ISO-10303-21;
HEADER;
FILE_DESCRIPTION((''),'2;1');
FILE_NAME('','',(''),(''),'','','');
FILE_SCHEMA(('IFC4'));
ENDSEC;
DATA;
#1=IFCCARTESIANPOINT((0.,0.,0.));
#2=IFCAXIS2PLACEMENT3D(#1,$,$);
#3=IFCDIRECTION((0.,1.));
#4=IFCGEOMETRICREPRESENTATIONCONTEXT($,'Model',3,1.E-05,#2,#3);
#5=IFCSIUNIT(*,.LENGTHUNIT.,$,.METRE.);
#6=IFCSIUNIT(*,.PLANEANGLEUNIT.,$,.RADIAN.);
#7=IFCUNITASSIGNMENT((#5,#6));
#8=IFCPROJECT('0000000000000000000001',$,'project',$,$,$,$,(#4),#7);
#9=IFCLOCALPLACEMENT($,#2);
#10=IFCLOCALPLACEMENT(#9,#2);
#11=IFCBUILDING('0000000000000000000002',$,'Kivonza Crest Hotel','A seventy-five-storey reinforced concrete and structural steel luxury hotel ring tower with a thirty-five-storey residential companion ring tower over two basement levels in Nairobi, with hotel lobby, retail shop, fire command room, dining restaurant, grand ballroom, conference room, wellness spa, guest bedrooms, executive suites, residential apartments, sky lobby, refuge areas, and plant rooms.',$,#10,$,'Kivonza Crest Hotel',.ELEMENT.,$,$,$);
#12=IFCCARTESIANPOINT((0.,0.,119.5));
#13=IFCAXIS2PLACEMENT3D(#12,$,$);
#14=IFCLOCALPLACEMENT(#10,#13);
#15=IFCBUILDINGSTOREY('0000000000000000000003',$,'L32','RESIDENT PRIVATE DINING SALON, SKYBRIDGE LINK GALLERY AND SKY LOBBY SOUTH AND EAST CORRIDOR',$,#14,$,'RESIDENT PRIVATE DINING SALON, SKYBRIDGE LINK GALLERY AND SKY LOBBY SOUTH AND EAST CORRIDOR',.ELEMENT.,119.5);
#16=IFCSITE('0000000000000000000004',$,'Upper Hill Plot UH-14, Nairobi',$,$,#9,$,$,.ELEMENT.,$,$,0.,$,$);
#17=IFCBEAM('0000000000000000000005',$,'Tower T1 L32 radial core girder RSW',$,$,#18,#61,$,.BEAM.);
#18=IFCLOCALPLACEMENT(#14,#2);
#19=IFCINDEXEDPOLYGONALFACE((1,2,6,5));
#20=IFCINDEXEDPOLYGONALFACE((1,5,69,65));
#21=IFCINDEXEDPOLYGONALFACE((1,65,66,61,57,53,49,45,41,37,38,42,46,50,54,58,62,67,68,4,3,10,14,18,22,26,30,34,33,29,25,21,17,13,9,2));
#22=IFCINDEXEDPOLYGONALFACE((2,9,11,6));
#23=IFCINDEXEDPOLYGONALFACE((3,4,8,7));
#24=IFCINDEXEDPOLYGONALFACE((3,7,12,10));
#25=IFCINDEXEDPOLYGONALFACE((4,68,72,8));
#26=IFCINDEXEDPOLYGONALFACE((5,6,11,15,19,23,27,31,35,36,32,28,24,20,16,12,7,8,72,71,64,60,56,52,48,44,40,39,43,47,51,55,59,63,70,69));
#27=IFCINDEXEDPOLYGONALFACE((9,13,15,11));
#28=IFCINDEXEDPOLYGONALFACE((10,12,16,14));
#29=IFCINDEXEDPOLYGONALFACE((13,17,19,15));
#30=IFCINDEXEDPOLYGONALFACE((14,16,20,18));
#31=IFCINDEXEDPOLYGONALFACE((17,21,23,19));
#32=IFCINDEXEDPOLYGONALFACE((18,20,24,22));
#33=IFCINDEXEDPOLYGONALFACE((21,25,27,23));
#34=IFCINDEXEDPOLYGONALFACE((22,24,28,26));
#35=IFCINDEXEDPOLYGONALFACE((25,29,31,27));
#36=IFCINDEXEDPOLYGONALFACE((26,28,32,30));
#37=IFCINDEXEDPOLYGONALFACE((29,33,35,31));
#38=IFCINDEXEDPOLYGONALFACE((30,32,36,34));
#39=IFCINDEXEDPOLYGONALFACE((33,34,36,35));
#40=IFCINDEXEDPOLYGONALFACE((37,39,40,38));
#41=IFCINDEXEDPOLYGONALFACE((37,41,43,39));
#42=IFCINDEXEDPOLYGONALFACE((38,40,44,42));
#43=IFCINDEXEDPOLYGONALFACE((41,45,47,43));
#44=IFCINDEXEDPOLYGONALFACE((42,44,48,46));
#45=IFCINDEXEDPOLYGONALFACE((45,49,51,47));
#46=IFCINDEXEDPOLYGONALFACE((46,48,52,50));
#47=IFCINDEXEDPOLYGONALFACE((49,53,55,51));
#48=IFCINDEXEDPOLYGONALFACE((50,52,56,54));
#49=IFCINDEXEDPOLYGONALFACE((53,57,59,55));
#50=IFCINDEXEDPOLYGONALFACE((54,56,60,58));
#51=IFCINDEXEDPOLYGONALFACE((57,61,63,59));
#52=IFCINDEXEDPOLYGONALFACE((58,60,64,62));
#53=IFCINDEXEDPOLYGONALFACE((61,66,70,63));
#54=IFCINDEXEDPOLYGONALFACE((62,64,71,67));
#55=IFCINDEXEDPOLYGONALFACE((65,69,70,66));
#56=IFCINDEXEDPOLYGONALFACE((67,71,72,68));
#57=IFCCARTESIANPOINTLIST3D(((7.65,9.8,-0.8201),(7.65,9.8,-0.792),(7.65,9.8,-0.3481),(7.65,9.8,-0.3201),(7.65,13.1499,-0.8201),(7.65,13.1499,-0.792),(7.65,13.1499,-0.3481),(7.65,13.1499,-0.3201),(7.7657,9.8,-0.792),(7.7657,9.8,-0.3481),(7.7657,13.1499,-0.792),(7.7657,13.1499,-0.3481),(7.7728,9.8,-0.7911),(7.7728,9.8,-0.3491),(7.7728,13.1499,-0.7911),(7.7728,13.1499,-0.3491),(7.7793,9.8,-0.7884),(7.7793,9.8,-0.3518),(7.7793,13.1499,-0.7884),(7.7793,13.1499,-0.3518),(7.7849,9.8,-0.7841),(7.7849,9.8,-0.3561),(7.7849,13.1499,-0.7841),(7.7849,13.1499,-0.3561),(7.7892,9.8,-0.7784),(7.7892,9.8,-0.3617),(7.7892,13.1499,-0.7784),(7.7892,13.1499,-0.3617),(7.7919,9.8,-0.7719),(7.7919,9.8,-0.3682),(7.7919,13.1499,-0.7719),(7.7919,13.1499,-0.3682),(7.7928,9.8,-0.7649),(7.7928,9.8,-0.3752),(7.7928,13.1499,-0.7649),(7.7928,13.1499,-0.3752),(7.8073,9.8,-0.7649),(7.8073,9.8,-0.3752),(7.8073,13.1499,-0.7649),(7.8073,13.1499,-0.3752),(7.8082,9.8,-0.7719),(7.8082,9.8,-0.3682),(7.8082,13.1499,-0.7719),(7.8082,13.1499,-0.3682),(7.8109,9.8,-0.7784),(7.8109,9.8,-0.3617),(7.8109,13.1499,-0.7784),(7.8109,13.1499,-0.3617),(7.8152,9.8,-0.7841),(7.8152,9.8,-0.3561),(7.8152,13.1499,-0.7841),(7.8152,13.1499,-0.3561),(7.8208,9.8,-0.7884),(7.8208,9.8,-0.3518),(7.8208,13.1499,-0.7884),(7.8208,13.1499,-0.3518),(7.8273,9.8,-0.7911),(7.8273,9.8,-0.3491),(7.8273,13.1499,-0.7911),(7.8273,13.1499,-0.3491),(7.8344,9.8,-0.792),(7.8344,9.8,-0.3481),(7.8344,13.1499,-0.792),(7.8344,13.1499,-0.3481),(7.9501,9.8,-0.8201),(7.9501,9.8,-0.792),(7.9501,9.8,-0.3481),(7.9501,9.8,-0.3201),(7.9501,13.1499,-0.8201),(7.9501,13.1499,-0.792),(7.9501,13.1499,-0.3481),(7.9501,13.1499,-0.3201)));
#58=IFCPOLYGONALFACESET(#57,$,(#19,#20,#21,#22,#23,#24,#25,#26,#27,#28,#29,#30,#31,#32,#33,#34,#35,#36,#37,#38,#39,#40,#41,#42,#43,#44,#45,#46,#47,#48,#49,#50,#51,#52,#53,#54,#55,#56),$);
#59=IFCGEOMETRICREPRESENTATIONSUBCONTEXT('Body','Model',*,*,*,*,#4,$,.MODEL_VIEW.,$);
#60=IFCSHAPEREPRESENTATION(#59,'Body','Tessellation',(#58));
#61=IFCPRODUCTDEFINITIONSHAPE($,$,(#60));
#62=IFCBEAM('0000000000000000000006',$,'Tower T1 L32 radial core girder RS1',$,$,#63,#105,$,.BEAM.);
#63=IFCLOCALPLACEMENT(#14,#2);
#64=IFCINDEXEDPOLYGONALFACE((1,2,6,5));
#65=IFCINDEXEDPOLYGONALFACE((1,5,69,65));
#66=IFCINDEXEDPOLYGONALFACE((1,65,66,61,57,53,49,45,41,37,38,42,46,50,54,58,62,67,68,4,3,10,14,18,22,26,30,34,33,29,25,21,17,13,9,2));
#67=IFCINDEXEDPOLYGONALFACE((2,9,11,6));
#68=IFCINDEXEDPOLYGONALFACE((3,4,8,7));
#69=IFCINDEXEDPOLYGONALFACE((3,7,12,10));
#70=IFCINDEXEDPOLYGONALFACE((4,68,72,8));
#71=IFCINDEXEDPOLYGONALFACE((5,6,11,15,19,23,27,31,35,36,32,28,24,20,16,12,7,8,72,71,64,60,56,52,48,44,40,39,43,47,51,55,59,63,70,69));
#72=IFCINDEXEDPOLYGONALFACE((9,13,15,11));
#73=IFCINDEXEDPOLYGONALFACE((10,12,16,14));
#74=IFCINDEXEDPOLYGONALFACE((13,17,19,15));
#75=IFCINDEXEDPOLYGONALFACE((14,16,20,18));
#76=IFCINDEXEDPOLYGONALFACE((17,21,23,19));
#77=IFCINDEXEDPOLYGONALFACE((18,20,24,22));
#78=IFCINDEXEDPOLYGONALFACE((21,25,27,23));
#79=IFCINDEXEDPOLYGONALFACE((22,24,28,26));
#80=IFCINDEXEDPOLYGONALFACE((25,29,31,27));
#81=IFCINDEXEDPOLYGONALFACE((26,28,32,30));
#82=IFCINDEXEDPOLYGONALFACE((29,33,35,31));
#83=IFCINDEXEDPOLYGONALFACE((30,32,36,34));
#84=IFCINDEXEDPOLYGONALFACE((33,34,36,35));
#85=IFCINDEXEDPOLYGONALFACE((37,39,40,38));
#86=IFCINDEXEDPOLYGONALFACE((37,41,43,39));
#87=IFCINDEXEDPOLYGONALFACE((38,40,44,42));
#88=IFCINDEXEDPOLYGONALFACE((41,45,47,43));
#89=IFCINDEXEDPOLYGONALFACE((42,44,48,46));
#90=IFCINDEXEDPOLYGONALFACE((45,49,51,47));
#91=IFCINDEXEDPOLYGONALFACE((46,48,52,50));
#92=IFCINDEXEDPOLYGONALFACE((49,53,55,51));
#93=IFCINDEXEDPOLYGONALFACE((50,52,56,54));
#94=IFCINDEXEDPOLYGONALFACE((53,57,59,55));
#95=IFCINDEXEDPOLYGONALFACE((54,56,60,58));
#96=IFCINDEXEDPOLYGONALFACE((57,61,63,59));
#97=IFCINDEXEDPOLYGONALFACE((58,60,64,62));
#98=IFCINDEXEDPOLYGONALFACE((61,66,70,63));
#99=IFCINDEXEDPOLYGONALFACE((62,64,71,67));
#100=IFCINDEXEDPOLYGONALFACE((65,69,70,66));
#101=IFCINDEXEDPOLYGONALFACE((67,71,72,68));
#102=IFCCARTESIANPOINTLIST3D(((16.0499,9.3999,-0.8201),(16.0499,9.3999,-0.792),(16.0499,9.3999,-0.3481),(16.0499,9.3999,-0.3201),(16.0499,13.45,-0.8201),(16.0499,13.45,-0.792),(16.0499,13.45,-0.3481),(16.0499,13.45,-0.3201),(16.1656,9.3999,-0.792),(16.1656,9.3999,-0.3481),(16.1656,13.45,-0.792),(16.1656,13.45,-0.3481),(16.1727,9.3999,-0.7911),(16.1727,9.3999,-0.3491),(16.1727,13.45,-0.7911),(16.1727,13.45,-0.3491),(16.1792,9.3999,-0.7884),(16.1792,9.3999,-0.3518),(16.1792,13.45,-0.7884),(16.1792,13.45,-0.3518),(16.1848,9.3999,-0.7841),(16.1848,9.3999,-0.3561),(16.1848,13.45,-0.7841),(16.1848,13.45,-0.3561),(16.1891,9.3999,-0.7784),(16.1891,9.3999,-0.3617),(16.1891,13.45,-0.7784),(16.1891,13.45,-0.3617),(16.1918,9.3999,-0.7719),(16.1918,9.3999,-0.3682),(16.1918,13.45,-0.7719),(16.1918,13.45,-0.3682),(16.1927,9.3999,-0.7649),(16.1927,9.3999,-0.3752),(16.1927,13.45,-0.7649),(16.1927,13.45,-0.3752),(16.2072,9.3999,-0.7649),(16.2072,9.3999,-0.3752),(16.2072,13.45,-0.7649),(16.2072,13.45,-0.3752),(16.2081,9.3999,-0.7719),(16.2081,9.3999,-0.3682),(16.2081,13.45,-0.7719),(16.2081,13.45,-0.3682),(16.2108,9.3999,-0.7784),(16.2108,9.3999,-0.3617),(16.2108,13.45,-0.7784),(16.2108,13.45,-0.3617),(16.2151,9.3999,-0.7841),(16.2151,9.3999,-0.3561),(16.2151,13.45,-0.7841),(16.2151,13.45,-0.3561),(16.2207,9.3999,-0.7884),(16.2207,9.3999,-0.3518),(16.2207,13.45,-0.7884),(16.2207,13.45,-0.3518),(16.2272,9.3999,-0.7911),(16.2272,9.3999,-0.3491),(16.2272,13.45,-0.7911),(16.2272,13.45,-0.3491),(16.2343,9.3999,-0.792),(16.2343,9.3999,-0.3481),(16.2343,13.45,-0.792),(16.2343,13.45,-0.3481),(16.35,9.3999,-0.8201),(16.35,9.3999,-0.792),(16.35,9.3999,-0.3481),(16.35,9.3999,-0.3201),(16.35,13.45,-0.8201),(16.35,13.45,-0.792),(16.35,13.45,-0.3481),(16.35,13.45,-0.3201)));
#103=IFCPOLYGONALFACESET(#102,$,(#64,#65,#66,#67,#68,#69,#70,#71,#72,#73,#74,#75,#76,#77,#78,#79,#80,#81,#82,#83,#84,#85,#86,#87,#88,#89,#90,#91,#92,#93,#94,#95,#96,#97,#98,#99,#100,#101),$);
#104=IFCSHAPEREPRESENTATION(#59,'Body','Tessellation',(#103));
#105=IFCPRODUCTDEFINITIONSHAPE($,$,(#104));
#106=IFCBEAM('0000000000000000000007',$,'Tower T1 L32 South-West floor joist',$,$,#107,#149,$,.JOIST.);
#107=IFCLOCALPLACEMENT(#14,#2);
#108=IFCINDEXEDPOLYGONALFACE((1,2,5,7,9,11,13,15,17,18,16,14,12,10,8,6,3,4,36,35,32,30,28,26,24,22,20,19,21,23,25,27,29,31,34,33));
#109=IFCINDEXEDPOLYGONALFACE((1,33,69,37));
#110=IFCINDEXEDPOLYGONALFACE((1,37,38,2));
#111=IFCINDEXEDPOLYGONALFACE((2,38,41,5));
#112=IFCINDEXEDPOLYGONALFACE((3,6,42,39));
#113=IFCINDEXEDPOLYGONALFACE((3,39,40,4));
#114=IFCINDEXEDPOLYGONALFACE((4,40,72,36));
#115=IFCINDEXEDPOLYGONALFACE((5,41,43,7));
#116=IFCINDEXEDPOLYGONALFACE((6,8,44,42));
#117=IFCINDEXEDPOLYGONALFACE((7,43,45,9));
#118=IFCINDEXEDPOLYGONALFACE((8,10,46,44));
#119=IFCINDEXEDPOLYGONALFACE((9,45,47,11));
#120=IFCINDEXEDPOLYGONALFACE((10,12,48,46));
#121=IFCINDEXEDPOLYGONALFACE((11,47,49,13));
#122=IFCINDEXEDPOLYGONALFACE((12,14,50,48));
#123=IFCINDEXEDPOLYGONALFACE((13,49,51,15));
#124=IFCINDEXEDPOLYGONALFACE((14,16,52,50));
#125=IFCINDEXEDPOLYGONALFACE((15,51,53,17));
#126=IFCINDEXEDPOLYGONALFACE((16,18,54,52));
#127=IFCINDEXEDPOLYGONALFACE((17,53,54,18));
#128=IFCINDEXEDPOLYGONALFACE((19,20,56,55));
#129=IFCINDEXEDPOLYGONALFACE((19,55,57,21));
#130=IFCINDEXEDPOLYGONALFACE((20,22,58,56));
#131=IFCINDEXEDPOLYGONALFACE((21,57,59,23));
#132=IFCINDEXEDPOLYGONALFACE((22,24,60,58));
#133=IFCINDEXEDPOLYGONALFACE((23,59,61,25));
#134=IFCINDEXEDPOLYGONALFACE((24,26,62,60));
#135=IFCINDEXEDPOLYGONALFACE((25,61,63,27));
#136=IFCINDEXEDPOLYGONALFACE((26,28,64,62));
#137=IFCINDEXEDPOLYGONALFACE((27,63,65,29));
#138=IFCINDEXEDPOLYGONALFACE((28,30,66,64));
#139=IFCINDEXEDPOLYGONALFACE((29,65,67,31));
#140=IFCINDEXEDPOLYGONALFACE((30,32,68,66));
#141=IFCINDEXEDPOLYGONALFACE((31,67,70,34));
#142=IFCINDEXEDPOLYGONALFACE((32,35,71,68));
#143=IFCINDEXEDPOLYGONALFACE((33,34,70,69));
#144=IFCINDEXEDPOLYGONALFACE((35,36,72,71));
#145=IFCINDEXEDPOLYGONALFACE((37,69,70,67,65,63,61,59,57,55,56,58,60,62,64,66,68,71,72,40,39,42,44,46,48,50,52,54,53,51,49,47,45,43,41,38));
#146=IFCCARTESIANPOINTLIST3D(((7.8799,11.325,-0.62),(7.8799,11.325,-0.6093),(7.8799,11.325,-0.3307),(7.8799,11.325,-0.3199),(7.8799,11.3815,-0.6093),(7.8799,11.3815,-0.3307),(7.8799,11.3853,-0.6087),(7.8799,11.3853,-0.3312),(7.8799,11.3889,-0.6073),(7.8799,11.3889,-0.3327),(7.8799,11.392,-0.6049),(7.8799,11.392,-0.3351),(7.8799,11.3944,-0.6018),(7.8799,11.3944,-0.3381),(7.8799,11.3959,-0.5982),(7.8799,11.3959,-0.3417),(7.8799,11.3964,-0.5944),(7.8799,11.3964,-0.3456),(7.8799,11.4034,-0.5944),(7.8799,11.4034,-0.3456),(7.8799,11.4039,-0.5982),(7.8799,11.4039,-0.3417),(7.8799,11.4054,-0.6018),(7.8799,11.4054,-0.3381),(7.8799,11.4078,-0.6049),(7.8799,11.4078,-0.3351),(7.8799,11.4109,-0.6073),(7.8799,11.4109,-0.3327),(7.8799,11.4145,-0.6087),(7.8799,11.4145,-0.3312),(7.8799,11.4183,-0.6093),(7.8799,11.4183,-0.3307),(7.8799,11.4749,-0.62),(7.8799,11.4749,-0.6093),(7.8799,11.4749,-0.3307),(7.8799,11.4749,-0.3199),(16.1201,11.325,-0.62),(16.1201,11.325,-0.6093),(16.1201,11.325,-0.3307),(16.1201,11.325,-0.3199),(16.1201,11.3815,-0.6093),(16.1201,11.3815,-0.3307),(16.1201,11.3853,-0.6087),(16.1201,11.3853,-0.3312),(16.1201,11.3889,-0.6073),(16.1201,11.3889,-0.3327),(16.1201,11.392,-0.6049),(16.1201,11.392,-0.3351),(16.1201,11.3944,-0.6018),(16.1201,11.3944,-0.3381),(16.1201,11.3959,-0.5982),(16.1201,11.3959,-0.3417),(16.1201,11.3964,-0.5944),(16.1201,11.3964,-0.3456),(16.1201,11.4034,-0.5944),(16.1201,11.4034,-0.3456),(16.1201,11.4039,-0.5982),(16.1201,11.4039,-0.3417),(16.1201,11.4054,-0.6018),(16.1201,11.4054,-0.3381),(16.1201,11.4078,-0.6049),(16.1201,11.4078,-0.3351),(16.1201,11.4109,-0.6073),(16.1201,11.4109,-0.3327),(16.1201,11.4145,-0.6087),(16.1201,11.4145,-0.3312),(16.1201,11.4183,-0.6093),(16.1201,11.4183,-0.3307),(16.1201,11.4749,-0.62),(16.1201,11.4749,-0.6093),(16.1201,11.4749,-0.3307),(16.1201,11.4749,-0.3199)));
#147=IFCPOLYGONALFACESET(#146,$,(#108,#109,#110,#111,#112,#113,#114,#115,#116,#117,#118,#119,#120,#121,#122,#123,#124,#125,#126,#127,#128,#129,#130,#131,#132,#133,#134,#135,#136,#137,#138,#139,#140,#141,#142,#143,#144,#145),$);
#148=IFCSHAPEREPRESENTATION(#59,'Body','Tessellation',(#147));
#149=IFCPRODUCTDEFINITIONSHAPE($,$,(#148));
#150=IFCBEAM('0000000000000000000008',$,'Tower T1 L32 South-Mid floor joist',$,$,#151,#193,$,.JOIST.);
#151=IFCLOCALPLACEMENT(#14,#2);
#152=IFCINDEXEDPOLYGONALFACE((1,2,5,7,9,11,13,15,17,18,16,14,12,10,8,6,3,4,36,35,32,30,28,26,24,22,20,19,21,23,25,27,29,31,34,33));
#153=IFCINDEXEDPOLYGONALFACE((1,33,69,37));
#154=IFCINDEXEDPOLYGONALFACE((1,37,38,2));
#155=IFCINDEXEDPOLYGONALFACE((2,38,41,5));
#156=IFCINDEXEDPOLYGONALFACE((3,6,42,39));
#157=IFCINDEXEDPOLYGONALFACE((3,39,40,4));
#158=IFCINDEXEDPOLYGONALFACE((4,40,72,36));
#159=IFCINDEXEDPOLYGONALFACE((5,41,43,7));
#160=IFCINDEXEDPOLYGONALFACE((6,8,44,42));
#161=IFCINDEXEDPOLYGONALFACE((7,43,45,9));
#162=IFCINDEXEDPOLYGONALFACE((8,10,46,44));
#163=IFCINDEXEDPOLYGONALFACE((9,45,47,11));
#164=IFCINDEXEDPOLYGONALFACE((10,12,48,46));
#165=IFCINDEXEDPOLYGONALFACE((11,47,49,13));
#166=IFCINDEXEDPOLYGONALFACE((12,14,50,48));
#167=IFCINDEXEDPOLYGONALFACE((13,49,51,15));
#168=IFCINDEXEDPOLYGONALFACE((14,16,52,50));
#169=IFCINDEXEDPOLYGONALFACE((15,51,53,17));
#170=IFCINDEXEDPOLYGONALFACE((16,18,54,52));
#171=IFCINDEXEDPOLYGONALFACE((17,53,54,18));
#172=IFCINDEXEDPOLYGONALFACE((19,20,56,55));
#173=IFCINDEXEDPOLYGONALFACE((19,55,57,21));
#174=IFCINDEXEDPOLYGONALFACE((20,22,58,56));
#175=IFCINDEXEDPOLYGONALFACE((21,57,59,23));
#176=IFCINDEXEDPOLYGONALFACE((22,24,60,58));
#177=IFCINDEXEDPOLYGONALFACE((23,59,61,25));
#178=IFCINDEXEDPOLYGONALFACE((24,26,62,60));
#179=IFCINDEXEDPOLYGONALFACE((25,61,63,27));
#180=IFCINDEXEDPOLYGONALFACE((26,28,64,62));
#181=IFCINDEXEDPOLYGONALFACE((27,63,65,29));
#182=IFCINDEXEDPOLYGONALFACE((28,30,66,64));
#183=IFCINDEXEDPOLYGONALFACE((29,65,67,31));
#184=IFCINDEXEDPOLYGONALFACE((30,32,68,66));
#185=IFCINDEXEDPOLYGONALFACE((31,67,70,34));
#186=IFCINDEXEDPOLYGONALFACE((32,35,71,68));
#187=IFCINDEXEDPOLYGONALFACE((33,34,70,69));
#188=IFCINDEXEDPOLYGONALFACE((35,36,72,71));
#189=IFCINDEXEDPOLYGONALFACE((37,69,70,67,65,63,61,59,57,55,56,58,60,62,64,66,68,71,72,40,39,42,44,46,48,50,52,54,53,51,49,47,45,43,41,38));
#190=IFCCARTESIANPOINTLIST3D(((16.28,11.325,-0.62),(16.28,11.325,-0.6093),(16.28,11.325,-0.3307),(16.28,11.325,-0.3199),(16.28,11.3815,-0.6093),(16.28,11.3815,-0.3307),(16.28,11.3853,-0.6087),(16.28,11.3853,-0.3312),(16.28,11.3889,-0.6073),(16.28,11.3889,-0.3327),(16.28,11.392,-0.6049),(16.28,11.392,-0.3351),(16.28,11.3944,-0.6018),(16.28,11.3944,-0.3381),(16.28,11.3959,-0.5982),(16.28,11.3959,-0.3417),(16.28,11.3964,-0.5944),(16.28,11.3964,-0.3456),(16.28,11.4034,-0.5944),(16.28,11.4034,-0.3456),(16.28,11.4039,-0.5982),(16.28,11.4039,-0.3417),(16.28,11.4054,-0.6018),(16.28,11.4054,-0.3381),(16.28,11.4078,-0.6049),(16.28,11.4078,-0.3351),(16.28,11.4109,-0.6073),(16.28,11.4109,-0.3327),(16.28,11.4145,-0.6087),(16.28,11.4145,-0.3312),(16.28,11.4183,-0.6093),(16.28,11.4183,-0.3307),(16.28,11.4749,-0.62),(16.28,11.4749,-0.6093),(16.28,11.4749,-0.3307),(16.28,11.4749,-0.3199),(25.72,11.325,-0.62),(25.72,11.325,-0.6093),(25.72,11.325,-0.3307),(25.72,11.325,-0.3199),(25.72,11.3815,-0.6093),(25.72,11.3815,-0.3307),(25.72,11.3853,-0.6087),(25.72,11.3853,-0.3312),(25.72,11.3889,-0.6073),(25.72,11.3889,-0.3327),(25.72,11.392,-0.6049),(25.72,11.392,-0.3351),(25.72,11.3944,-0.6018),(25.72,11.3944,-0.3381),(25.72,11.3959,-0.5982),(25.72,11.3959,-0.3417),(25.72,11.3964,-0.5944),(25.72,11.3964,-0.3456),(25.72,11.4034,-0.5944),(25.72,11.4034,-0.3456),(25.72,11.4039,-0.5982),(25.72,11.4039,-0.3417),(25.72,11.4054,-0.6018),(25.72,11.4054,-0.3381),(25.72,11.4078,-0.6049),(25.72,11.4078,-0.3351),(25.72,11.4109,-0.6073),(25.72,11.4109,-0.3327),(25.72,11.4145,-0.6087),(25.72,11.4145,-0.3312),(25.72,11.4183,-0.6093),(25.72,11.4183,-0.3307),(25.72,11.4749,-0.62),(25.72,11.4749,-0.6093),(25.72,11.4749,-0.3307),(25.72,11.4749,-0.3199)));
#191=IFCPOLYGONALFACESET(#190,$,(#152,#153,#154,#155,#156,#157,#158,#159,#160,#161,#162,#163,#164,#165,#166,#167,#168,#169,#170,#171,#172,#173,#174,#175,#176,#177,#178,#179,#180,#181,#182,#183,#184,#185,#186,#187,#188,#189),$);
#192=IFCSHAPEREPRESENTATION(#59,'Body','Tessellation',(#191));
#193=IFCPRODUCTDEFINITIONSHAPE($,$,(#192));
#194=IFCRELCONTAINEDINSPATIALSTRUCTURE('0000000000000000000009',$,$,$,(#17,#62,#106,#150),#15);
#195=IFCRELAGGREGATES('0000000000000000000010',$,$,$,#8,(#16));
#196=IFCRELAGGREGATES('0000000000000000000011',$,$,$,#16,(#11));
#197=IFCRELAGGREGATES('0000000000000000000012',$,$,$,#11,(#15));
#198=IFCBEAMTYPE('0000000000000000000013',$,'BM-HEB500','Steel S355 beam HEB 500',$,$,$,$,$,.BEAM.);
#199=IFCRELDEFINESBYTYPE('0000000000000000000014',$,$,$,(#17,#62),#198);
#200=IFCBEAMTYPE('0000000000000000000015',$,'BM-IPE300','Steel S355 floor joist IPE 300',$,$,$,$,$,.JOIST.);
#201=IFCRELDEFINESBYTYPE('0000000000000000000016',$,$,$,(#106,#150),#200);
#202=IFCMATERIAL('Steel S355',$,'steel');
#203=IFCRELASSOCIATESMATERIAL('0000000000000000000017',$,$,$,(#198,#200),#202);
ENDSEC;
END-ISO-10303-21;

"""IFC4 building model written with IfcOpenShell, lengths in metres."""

from ifc_helpers import new_model, si_unit, direction, frame, origin, origin_2d, place, context, subcontext, project, spatial, i_section, extrude, material, material_profile, profile_set, type_object, element, save


model = new_model("IFC4")

# Units and contexts
model_context = context("Model", 3, precision=1e-05, world=origin(), true_north=direction((0.0, 1.0)))
body_context = subcontext(model_context, "Body", "Model", "MODEL_VIEW")
ifc_project = project(units=[si_unit("LENGTHUNIT", "METRE"), si_unit("PLANEANGLEUNIT", "RADIAN")], contexts=[model_context])

# Site, building, storey
site_placement = place(None, origin())
site = spatial("IfcSite", under=ifc_project, at=site_placement, Name="Upper Hill Plot UH-14, Nairobi", CompositionType="ELEMENT", RefElevation=0.0)
building_placement = place(site_placement, origin())
building = spatial("IfcBuilding", under=site, at=building_placement, Name="Kivonza Crest Hotel", Description="A seventy-five-storey reinforced concrete and structural steel luxury hotel ring tower with a thirty-five-storey residential companion ring tower over two basement levels in Nairobi, with hotel lobby, retail shop, fire command room, dining restaurant, grand ballroom, conference room, wellness spa, guest bedrooms, executive suites, residential apartments, sky lobby, refuge areas, and plant rooms.", LongName="Kivonza Crest Hotel", CompositionType="ELEMENT")
storey_placement = place(building_placement, frame((0.0, 0.0, 119.5)))
storey = spatial("IfcBuildingStorey", under=building, at=storey_placement, Name="L32", Description="RESIDENT PRIVATE DINING SALON, SKYBRIDGE LINK GALLERY AND SKY LOBBY SOUTH AND EAST CORRIDOR", LongName="RESIDENT PRIVATE DINING SALON, SKYBRIDGE LINK GALLERY AND SKY LOBBY SOUTH AND EAST CORRIDOR", CompositionType="ELEMENT", Elevation=119.5)

# Shared definitions
ifc_material_1 = material(Name="Steel S355", Category="steel")

# Beams
ifc_material_profile_1 = material_profile(ifc_material_1, i_section(OverallWidth=0.3, OverallDepth=0.5, WebThickness=0.0144, FlangeThickness=0.0281, FilletRadius=0.0271, at=origin_2d()), Name="HEB 500")
ifc_profile_set_1 = profile_set([ifc_material_profile_1], Name="Steel S355")
beam_type_1 = type_object("IfcBeamType", Name="BM-HEB500", Description="Steel S355 beam HEB 500", PredefinedType="BEAM", material=ifc_profile_set_1)
beam_1_placement = place(storey_placement, frame((7.8, 9.8, -0.5701), z_axis=(0.0, 1.0, 0.0), x_axis=(-1.0, 0.0, 0.0)))
element("IfcBeam", 1, at=beam_1_placement, inside=storey, type_object=beam_type_1, Name="Tower T1 L32 radial core girder RSW", PredefinedType="BEAM", context=body_context, shape_type="SweptSolid", body=[
    extrude(i_section(OverallWidth=0.3, OverallDepth=0.5, WebThickness=0.0144, FlangeThickness=0.0281, FilletRadius=0.0271, at=origin_2d()), origin(), (0.0, 0.0, 1.0), 3.3499),
])
beam_2_placement = place(storey_placement, frame((16.2, 9.3999, -0.5701), z_axis=(0.0, 1.0, 0.0), x_axis=(-1.0, 0.0, 0.0)))
element("IfcBeam", 2, at=beam_2_placement, inside=storey, type_object=beam_type_1, Name="Tower T1 L32 radial core girder RS1", PredefinedType="BEAM", context=body_context, shape_type="SweptSolid", body=[
    extrude(i_section(OverallWidth=0.3, OverallDepth=0.5, WebThickness=0.0144, FlangeThickness=0.0281, FilletRadius=0.0271, at=origin_2d()), origin(), (0.0, 0.0, 1.0), 4.05),
])
ifc_material_profile_2 = material_profile(ifc_material_1, i_section(OverallWidth=0.1499, OverallDepth=0.3, WebThickness=0.0071, FlangeThickness=0.0107, FilletRadius=0.0149, at=origin_2d()), Name="IPE 300")
ifc_profile_set_2 = profile_set([ifc_material_profile_2], Name="Steel S355")
beam_type_2 = type_object("IfcBeamType", Name="BM-IPE300", Description="Steel S355 floor joist IPE 300", PredefinedType="JOIST", material=ifc_profile_set_2)
beam_3_placement = place(storey_placement, frame((7.8799, 11.3999, -0.47), z_axis=(1.0, 0.0, 0.0), x_axis=(0.0, 1.0, 0.0)))
element("IfcBeam", 3, at=beam_3_placement, inside=storey, type_object=beam_type_2, Name="Tower T1 L32 South-West floor joist", PredefinedType="JOIST", context=body_context, shape_type="SweptSolid", body=[
    extrude(i_section(OverallWidth=0.1499, OverallDepth=0.3, WebThickness=0.0071, FlangeThickness=0.0107, FilletRadius=0.0149, at=origin_2d()), origin(), (0.0, 0.0, 1.0), 8.2402),
])
beam_4_placement = place(storey_placement, frame((16.28, 11.3999, -0.47), z_axis=(1.0, 0.0, 0.0), x_axis=(0.0, 1.0, 0.0)))
element("IfcBeam", 4, at=beam_4_placement, inside=storey, type_object=beam_type_2, Name="Tower T1 L32 South-Mid floor joist", PredefinedType="JOIST", context=body_context, shape_type="SweptSolid", body=[
    extrude(i_section(OverallWidth=0.1499, OverallDepth=0.3, WebThickness=0.0071, FlangeThickness=0.0107, FilletRadius=0.0149, at=origin_2d()), origin(), (0.0, 0.0, 1.0), 9.4399),
])

save(model, "model.ifc")
